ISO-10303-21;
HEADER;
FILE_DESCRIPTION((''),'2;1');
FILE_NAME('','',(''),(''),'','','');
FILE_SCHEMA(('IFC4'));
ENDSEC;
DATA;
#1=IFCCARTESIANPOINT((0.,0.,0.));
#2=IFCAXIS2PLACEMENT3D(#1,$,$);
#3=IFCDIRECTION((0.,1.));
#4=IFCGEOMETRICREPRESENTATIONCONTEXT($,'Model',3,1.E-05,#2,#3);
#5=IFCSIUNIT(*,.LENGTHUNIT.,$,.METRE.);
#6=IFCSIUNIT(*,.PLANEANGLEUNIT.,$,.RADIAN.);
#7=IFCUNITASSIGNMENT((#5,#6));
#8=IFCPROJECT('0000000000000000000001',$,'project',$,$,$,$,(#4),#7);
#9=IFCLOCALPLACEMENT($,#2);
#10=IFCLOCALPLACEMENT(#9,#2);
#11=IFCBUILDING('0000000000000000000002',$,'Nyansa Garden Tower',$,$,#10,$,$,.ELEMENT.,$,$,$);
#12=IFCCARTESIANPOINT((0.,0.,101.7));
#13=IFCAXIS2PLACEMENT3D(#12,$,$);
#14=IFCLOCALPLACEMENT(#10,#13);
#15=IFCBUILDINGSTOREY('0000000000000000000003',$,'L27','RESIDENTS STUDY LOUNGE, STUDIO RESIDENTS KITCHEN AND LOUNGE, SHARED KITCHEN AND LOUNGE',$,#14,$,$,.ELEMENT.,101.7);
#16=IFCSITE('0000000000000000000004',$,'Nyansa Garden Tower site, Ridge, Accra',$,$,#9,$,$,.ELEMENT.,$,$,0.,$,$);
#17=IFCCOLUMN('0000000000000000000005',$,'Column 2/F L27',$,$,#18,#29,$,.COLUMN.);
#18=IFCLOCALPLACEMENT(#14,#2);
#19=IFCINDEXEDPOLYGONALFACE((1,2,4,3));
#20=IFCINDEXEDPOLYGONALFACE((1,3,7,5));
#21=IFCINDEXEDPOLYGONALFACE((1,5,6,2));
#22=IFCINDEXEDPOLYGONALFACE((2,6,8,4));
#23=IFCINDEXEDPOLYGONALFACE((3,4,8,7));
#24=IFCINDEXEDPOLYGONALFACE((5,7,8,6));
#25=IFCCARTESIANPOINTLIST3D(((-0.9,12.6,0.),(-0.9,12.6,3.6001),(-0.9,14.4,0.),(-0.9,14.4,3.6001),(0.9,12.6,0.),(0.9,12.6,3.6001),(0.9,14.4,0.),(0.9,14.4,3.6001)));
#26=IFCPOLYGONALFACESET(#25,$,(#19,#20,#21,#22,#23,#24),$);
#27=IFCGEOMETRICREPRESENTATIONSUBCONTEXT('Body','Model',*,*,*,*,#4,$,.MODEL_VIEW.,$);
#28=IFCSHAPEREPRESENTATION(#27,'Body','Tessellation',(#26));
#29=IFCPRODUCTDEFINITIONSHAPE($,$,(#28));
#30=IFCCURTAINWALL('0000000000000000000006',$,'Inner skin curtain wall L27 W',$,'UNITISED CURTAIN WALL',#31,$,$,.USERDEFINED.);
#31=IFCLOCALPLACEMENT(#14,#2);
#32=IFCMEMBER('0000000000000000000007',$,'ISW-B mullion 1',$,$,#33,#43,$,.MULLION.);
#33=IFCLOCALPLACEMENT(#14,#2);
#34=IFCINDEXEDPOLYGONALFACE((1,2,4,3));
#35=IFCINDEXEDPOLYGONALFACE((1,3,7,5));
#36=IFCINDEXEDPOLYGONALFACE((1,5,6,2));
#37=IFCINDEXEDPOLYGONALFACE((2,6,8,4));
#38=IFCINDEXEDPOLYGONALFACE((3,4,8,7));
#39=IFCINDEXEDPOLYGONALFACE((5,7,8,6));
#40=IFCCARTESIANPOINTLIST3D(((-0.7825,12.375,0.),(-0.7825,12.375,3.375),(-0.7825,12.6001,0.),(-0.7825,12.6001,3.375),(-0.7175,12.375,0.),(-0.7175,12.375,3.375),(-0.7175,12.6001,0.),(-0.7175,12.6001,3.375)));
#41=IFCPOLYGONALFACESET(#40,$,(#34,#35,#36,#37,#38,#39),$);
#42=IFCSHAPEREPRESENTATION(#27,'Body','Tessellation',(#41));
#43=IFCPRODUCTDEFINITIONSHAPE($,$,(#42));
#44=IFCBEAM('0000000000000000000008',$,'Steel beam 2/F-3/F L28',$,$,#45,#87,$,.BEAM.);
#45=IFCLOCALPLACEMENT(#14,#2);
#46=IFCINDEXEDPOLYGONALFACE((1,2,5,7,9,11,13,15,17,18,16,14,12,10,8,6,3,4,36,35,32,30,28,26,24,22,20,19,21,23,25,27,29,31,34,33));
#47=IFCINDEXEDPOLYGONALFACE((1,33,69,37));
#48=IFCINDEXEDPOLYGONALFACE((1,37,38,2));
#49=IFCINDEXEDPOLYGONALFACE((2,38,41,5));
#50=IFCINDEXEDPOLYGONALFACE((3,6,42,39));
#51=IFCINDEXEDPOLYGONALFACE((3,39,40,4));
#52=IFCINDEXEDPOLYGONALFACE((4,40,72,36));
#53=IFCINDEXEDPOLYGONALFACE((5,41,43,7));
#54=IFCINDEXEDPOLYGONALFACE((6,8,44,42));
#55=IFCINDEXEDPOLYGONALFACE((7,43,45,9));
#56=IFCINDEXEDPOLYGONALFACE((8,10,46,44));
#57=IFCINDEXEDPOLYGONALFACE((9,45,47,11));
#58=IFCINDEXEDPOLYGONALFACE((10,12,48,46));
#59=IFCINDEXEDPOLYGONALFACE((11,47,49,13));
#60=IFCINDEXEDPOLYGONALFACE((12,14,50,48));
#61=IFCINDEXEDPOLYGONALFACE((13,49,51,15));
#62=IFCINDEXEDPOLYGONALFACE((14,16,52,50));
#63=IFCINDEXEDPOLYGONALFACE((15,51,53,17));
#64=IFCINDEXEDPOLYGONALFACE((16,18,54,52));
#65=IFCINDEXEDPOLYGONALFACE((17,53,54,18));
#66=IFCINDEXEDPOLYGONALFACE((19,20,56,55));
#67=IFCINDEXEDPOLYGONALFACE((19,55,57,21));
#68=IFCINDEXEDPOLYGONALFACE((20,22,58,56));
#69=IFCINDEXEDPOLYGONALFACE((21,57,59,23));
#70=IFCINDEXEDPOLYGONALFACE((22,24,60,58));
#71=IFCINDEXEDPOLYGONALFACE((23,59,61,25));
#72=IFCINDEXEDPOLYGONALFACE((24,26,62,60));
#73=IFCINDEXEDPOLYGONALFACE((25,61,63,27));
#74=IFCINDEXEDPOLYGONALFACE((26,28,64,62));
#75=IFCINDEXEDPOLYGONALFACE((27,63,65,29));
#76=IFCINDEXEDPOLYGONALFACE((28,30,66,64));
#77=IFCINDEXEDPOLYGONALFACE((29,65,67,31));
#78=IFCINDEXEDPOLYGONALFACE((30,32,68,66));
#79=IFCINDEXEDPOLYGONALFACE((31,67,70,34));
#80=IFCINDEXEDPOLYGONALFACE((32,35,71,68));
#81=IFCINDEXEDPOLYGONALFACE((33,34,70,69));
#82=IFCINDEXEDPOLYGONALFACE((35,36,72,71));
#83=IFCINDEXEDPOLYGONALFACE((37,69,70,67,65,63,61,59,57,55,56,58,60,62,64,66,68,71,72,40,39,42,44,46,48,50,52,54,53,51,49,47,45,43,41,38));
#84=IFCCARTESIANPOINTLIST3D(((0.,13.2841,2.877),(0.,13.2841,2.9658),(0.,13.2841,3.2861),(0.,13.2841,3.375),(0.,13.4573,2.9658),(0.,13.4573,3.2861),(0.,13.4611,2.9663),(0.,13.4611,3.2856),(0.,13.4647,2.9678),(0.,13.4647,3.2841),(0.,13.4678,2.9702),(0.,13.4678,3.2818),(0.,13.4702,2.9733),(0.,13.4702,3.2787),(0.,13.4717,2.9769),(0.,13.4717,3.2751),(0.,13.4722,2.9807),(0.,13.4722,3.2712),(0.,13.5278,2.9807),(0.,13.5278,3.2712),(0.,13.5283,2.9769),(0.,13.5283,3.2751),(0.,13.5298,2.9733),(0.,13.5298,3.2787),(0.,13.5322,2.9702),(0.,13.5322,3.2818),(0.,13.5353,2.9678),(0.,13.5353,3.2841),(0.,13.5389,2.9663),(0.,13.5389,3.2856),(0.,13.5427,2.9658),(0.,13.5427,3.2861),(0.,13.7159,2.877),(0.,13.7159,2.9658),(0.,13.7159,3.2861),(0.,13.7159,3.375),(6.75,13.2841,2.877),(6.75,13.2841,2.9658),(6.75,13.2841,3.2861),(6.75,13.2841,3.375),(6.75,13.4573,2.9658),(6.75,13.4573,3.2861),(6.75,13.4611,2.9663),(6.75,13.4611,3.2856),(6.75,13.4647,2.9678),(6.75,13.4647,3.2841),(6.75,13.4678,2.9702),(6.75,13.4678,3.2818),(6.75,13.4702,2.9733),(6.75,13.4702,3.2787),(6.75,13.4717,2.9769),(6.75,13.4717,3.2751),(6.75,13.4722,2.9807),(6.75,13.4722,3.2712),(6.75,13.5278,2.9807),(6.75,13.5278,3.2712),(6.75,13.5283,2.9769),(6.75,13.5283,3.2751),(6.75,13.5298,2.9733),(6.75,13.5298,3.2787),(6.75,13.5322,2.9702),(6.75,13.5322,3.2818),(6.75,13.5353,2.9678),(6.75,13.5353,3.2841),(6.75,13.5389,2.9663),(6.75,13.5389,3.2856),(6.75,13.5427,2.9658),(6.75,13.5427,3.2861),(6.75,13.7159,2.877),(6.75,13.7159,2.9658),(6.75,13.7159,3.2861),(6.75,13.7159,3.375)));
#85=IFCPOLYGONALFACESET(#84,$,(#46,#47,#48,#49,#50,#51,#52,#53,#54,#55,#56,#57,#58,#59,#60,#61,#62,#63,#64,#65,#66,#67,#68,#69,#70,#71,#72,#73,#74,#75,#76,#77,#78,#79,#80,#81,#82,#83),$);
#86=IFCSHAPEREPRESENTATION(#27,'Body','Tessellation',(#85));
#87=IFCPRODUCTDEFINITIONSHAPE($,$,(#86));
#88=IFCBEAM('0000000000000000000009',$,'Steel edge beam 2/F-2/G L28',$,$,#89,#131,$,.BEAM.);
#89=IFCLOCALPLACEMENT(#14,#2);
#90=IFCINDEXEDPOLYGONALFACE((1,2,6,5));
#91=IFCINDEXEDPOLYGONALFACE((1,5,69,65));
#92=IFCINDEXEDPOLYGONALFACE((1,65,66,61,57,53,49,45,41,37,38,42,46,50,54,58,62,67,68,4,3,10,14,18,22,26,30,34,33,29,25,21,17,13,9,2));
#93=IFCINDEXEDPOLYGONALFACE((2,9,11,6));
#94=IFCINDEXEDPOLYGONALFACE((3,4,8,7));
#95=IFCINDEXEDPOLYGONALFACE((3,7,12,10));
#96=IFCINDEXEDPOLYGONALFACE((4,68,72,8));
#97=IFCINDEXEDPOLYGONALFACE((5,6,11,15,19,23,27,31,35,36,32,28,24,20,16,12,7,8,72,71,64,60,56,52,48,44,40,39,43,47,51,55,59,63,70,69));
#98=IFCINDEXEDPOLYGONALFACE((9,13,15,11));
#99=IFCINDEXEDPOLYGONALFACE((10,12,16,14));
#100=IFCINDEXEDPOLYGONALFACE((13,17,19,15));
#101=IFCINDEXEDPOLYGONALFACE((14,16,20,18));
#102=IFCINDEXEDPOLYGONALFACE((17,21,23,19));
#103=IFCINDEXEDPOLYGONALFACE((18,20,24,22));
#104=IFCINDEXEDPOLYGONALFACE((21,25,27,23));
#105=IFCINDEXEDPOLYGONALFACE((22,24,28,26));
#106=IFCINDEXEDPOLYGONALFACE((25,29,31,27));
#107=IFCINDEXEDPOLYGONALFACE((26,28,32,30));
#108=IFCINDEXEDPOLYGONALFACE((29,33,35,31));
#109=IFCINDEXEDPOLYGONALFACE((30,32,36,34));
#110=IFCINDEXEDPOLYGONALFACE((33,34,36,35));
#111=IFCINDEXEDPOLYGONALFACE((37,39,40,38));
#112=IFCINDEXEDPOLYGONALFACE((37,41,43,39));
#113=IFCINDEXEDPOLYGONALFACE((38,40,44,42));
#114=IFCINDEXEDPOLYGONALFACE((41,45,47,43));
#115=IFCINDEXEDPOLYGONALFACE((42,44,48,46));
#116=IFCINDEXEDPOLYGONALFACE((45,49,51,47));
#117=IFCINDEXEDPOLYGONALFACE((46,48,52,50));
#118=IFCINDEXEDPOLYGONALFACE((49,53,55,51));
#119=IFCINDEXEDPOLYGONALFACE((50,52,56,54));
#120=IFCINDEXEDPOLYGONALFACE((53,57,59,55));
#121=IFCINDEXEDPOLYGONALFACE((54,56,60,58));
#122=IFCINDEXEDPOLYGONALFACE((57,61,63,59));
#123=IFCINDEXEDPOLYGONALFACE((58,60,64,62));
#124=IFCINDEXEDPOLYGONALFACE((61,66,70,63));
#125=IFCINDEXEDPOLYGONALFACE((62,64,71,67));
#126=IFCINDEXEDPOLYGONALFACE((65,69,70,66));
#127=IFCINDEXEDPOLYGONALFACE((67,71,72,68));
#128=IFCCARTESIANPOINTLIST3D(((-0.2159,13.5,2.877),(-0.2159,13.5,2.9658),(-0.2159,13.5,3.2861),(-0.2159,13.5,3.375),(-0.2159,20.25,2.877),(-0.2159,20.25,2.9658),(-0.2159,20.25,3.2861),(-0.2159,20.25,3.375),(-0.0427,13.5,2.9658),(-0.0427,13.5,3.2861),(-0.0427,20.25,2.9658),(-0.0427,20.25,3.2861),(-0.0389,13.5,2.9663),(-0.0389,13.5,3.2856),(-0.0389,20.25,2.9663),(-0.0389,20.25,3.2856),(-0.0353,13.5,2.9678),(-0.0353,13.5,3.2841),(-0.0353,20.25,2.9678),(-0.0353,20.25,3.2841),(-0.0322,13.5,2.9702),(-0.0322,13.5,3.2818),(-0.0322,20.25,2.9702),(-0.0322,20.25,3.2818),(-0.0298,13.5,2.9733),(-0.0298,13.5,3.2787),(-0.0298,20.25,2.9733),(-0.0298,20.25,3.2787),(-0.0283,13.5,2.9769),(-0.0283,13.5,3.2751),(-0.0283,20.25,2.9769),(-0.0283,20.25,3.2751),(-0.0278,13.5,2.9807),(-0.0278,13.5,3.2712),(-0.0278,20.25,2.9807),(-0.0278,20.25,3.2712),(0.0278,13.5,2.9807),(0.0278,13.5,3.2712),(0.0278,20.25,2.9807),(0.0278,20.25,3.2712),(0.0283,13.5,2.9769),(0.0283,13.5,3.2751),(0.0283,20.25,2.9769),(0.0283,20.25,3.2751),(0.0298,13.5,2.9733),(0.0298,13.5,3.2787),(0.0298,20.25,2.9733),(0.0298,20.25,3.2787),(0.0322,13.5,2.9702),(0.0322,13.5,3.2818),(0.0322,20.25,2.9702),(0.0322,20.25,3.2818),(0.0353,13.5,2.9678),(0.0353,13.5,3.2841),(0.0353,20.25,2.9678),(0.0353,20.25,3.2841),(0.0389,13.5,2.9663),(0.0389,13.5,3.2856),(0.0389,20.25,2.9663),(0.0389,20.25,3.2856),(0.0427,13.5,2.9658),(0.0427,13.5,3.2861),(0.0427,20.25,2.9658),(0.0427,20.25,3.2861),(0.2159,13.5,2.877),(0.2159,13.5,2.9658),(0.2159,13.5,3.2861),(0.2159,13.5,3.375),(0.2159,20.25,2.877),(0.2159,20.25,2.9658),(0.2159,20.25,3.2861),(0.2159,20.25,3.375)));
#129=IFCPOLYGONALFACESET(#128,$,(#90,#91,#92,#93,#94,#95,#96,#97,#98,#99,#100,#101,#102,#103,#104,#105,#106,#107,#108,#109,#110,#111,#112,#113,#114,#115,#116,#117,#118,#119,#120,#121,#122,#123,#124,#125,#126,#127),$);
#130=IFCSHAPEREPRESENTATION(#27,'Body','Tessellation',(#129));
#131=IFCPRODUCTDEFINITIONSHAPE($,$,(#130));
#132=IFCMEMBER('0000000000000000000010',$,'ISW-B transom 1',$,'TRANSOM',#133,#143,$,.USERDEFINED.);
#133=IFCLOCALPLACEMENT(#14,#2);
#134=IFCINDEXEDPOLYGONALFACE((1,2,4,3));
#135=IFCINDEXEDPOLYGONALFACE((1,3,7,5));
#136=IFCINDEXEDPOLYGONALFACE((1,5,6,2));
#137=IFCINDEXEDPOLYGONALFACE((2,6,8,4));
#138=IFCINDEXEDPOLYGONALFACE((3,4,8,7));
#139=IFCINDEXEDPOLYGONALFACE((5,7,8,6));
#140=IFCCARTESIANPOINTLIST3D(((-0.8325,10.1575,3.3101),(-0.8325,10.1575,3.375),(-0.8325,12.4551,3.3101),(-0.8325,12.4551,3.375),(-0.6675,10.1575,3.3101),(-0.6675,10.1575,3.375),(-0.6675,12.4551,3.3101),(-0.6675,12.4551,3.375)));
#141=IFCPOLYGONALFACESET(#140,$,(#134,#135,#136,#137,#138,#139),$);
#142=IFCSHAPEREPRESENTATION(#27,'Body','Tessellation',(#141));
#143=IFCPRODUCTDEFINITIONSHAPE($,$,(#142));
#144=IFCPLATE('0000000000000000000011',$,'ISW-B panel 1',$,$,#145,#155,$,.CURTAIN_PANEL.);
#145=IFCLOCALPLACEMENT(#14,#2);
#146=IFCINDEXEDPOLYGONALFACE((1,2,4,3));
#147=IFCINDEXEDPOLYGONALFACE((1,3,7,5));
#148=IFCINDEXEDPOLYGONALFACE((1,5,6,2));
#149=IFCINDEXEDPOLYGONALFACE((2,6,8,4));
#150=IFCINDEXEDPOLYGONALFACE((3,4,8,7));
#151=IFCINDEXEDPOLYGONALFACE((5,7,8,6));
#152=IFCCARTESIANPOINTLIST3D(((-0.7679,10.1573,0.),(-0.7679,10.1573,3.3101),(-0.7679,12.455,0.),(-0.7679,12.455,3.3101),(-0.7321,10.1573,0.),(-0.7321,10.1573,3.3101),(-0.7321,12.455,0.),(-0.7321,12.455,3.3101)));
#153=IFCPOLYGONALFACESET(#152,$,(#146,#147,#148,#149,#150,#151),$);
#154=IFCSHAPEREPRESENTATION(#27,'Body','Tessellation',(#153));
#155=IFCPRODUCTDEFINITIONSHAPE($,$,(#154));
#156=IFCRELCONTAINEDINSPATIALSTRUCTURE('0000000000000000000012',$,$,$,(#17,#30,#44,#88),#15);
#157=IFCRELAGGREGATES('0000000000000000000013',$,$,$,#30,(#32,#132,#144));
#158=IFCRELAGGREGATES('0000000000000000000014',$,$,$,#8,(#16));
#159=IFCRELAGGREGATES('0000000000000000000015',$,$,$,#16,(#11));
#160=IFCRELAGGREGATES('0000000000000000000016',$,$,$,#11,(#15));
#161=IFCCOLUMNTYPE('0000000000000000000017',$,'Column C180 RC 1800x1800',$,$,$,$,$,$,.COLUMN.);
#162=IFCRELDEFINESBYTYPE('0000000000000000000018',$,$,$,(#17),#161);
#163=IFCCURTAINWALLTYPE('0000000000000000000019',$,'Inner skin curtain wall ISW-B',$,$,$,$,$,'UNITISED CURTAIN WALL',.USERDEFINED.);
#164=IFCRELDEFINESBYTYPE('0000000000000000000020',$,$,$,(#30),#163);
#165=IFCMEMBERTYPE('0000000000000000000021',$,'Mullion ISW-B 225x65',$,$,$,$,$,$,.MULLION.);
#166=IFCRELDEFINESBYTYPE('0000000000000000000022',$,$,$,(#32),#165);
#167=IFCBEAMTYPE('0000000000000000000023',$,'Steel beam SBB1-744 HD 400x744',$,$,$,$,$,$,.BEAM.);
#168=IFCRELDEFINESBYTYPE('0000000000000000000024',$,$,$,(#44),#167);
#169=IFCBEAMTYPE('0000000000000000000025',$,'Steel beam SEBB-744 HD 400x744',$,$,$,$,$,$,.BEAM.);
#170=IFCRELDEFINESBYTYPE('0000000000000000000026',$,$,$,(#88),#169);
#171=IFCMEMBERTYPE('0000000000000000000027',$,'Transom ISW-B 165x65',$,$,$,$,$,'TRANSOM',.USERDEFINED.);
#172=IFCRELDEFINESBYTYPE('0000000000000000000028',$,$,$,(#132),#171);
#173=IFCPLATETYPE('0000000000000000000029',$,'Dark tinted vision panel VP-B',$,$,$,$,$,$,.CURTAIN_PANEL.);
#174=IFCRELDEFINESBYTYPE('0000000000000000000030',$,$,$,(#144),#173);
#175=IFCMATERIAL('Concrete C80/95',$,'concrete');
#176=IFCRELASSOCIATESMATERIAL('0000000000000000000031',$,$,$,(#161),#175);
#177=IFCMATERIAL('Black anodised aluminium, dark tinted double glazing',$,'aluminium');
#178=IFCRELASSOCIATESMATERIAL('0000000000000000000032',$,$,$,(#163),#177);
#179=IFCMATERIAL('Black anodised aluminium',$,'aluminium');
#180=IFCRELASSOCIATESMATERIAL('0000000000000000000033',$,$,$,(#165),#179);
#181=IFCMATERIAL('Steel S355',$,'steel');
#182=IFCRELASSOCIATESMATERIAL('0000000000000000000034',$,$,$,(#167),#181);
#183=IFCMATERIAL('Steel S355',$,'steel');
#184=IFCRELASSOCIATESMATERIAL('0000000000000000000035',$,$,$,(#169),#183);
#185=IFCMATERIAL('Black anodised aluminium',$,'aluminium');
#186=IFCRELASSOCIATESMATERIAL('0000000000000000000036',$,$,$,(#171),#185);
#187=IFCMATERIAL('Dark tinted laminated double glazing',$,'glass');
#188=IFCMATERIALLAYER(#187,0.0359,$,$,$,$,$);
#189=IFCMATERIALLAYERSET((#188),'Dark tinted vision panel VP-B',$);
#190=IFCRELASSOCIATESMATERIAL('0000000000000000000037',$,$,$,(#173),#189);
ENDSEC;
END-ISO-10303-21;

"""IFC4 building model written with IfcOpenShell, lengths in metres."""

from ifc_helpers import new_model, si_unit, direction, frame, origin, origin_2d, place, context, subcontext, project, spatial, rectangle, i_section, extrude, material, layer, layer_set, material_profile, profile_set, type_object, element, aggregate, save


model = new_model("IFC4")

# Units and contexts
model_context = context("Model", 3, precision=1e-05, world=origin(), true_north=direction((0.0, 1.0)))
body_context = subcontext(model_context, "Body", "Model", "MODEL_VIEW")
ifc_project = project(units=[si_unit("LENGTHUNIT", "METRE"), si_unit("PLANEANGLEUNIT", "RADIAN")], contexts=[model_context])

# Site, building, storey
site_placement = place(None, origin())
site = spatial("IfcSite", under=ifc_project, at=site_placement, Name="Nyansa Garden Tower site, Ridge, Accra", CompositionType="ELEMENT", RefElevation=0.0)
building_placement = place(site_placement, origin())
building = spatial("IfcBuilding", under=site, at=building_placement, Name="Nyansa Garden Tower", CompositionType="ELEMENT")
storey_placement = place(building_placement, frame((0.0, 0.0, 101.7)))
storey = spatial("IfcBuildingStorey", under=building, at=storey_placement, Name="L27", Description="RESIDENTS STUDY LOUNGE, STUDIO RESIDENTS KITCHEN AND LOUNGE, SHARED KITCHEN AND LOUNGE", CompositionType="ELEMENT", Elevation=101.7)

# Column
ifc_material_1 = material(Name="Concrete C80/95", Category="concrete")
ifc_material_profile_1 = material_profile(ifc_material_1, rectangle(XDim=1.8, YDim=1.8, at=origin_2d()), Name="RC 1800x1800")
ifc_profile_set_1 = profile_set([ifc_material_profile_1], Name="Concrete C80/95")
column_type = type_object("IfcColumnType", Name="Column C180 RC 1800x1800", PredefinedType="COLUMN", material=ifc_profile_set_1)
column_placement = place(storey_placement, frame((0.0, 13.5, 0.0), z_axis=(0.0, 0.0, 1.0), x_axis=(1.0, 0.0, 0.0)))
element("IfcColumn", 1, at=column_placement, inside=storey, type_object=column_type, Name="Column 2/F L27", PredefinedType="COLUMN", context=body_context, shape_type="SweptSolid", body=[
    extrude(rectangle(XDim=1.8, YDim=1.8, at=origin_2d()), origin(), (0.0, 0.0, 1.0), 3.6001),
])

# Curtain wall, member
ifc_material_2 = material(Name="Black anodised aluminium, dark tinted double glazing", Category="aluminium")
curtain_wall_type = type_object("IfcCurtainWallType", Name="Inner skin curtain wall ISW-B", ElementType="UNITISED CURTAIN WALL", PredefinedType="USERDEFINED", material=ifc_material_2)
curtain_wall_placement = place(storey_placement, origin())
curtain_wall = element("IfcCurtainWall", 2, at=curtain_wall_placement, inside=storey, type_object=curtain_wall_type, Name="Inner skin curtain wall L27 W", ObjectType="UNITISED CURTAIN WALL", PredefinedType="USERDEFINED")
ifc_material_3 = material(Name="Black anodised aluminium", Category="aluminium")
ifc_material_profile_2 = material_profile(ifc_material_3, rectangle(XDim=0.0649, YDim=0.2251, at=origin_2d()), Name="Mullion 225x65")
ifc_profile_set_2 = profile_set([ifc_material_profile_2], Name="Black anodised aluminium")
member_type_1 = type_object("IfcMemberType", Name="Mullion ISW-B 225x65", PredefinedType="MULLION", material=ifc_profile_set_2)
member_1_placement = place(storey_placement, frame((-0.75, 12.4875, 0.0), z_axis=(0.0, 0.0, 1.0), x_axis=(1.0, 0.0, 0.0)))
member_1 = element("IfcMember", 3, at=member_1_placement, type_object=member_type_1, Name="ISW-B mullion 1", PredefinedType="MULLION", context=body_context, shape_type="SweptSolid", body=[
    extrude(rectangle(XDim=0.0649, YDim=0.2251, at=origin_2d()), origin(), (0.0, 0.0, 1.0), 3.375),
])

# Beams
ifc_material_4 = material(Name="Steel S355", Category="steel")
ifc_material_profile_3 = material_profile(ifc_material_4, i_section(OverallWidth=0.4319, OverallDepth=0.498, WebThickness=0.0557, FlangeThickness=0.0889, FilletRadius=0.0149, at=origin_2d()), Name="HD 400x744")
ifc_profile_set_3 = profile_set([ifc_material_profile_3], Name="Steel S355")
beam_type_1 = type_object("IfcBeamType", Name="Steel beam SBB1-744 HD 400x744", PredefinedType="BEAM", material=ifc_profile_set_3)
beam_1_placement = place(storey_placement, frame((0.0, 13.5, 3.126), z_axis=(1.0, 0.0, 0.0), x_axis=(0.0, 1.0, 0.0)))
element("IfcBeam", 4, at=beam_1_placement, inside=storey, type_object=beam_type_1, Name="Steel beam 2/F-3/F L28", PredefinedType="BEAM", context=body_context, shape_type="SweptSolid", body=[
    extrude(i_section(OverallWidth=0.4319, OverallDepth=0.498, WebThickness=0.0557, FlangeThickness=0.0889, FilletRadius=0.0149, at=origin_2d()), origin(), (0.0, 0.0, 1.0), 6.75),
])
ifc_material_5 = material(Name="Steel S355", Category="steel")
ifc_material_profile_4 = material_profile(ifc_material_5, i_section(OverallWidth=0.4319, OverallDepth=0.498, WebThickness=0.0557, FlangeThickness=0.0889, FilletRadius=0.0149, at=origin_2d()), Name="HD 400x744")
ifc_profile_set_4 = profile_set([ifc_material_profile_4], Name="Steel S355")
beam_type_2 = type_object("IfcBeamType", Name="Steel beam SEBB-744 HD 400x744", PredefinedType="BEAM", material=ifc_profile_set_4)
beam_2_placement = place(storey_placement, frame((0.0, 13.5, 3.126), z_axis=(0.0, 1.0, 0.0), x_axis=(-1.0, 0.0, 0.0)))
element("IfcBeam", 5, at=beam_2_placement, inside=storey, type_object=beam_type_2, Name="Steel edge beam 2/F-2/G L28", PredefinedType="BEAM", context=body_context, shape_type="SweptSolid", body=[
    extrude(i_section(OverallWidth=0.4319, OverallDepth=0.498, WebThickness=0.0557, FlangeThickness=0.0889, FilletRadius=0.0149, at=origin_2d()), origin(), (0.0, 0.0, 1.0), 6.75),
])

# Member
ifc_material_6 = material(Name="Black anodised aluminium", Category="aluminium")
ifc_material_profile_5 = material_profile(ifc_material_6, rectangle(XDim=0.165, YDim=0.0649, at=origin_2d()), Name="Transom 165x65")
ifc_profile_set_5 = profile_set([ifc_material_profile_5], Name="Black anodised aluminium")
member_type_2 = type_object("IfcMemberType", Name="Transom ISW-B 165x65", ElementType="TRANSOM", PredefinedType="USERDEFINED", material=ifc_profile_set_5)
member_2_placement = place(storey_placement, frame((-0.75, 12.4551, 3.3425), z_axis=(0.0, -1.0, 0.0), x_axis=(1.0, 0.0, 0.0)))
member_2 = element("IfcMember", 6, at=member_2_placement, type_object=member_type_2, Name="ISW-B transom 1", ObjectType="TRANSOM", PredefinedType="USERDEFINED", context=body_context, shape_type="SweptSolid", body=[
    extrude(rectangle(XDim=0.165, YDim=0.0649, at=origin_2d()), origin(), (0.0, 0.0, 1.0), 2.2976),
])

# Plate
ifc_material_7 = material(Name="Dark tinted laminated double glazing", Category="glass")
ifc_layer_1 = layer(ifc_material_7, 0.0359)
ifc_layer_set_1 = layer_set([ifc_layer_1], Name="Dark tinted vision panel VP-B")
plate_type = type_object("IfcPlateType", Name="Dark tinted vision panel VP-B", PredefinedType="CURTAIN_PANEL", material=ifc_layer_set_1)
plate_placement = place(storey_placement, frame((-0.75, 11.3062, 0.0), z_axis=(0.0, 0.0, 1.0), x_axis=(0.0, -1.0, 0.0)))
plate = element("IfcPlate", 7, at=plate_placement, type_object=plate_type, Name="ISW-B panel 1", PredefinedType="CURTAIN_PANEL", context=body_context, shape_type="SweptSolid", body=[
    extrude(rectangle(XDim=2.2976, YDim=0.0359, at=origin_2d()), origin(), (0.0, 0.0, 1.0), 3.3101),
])
aggregate(curtain_wall, [member_1, member_2, plate])

save(model, "model.ifc")
